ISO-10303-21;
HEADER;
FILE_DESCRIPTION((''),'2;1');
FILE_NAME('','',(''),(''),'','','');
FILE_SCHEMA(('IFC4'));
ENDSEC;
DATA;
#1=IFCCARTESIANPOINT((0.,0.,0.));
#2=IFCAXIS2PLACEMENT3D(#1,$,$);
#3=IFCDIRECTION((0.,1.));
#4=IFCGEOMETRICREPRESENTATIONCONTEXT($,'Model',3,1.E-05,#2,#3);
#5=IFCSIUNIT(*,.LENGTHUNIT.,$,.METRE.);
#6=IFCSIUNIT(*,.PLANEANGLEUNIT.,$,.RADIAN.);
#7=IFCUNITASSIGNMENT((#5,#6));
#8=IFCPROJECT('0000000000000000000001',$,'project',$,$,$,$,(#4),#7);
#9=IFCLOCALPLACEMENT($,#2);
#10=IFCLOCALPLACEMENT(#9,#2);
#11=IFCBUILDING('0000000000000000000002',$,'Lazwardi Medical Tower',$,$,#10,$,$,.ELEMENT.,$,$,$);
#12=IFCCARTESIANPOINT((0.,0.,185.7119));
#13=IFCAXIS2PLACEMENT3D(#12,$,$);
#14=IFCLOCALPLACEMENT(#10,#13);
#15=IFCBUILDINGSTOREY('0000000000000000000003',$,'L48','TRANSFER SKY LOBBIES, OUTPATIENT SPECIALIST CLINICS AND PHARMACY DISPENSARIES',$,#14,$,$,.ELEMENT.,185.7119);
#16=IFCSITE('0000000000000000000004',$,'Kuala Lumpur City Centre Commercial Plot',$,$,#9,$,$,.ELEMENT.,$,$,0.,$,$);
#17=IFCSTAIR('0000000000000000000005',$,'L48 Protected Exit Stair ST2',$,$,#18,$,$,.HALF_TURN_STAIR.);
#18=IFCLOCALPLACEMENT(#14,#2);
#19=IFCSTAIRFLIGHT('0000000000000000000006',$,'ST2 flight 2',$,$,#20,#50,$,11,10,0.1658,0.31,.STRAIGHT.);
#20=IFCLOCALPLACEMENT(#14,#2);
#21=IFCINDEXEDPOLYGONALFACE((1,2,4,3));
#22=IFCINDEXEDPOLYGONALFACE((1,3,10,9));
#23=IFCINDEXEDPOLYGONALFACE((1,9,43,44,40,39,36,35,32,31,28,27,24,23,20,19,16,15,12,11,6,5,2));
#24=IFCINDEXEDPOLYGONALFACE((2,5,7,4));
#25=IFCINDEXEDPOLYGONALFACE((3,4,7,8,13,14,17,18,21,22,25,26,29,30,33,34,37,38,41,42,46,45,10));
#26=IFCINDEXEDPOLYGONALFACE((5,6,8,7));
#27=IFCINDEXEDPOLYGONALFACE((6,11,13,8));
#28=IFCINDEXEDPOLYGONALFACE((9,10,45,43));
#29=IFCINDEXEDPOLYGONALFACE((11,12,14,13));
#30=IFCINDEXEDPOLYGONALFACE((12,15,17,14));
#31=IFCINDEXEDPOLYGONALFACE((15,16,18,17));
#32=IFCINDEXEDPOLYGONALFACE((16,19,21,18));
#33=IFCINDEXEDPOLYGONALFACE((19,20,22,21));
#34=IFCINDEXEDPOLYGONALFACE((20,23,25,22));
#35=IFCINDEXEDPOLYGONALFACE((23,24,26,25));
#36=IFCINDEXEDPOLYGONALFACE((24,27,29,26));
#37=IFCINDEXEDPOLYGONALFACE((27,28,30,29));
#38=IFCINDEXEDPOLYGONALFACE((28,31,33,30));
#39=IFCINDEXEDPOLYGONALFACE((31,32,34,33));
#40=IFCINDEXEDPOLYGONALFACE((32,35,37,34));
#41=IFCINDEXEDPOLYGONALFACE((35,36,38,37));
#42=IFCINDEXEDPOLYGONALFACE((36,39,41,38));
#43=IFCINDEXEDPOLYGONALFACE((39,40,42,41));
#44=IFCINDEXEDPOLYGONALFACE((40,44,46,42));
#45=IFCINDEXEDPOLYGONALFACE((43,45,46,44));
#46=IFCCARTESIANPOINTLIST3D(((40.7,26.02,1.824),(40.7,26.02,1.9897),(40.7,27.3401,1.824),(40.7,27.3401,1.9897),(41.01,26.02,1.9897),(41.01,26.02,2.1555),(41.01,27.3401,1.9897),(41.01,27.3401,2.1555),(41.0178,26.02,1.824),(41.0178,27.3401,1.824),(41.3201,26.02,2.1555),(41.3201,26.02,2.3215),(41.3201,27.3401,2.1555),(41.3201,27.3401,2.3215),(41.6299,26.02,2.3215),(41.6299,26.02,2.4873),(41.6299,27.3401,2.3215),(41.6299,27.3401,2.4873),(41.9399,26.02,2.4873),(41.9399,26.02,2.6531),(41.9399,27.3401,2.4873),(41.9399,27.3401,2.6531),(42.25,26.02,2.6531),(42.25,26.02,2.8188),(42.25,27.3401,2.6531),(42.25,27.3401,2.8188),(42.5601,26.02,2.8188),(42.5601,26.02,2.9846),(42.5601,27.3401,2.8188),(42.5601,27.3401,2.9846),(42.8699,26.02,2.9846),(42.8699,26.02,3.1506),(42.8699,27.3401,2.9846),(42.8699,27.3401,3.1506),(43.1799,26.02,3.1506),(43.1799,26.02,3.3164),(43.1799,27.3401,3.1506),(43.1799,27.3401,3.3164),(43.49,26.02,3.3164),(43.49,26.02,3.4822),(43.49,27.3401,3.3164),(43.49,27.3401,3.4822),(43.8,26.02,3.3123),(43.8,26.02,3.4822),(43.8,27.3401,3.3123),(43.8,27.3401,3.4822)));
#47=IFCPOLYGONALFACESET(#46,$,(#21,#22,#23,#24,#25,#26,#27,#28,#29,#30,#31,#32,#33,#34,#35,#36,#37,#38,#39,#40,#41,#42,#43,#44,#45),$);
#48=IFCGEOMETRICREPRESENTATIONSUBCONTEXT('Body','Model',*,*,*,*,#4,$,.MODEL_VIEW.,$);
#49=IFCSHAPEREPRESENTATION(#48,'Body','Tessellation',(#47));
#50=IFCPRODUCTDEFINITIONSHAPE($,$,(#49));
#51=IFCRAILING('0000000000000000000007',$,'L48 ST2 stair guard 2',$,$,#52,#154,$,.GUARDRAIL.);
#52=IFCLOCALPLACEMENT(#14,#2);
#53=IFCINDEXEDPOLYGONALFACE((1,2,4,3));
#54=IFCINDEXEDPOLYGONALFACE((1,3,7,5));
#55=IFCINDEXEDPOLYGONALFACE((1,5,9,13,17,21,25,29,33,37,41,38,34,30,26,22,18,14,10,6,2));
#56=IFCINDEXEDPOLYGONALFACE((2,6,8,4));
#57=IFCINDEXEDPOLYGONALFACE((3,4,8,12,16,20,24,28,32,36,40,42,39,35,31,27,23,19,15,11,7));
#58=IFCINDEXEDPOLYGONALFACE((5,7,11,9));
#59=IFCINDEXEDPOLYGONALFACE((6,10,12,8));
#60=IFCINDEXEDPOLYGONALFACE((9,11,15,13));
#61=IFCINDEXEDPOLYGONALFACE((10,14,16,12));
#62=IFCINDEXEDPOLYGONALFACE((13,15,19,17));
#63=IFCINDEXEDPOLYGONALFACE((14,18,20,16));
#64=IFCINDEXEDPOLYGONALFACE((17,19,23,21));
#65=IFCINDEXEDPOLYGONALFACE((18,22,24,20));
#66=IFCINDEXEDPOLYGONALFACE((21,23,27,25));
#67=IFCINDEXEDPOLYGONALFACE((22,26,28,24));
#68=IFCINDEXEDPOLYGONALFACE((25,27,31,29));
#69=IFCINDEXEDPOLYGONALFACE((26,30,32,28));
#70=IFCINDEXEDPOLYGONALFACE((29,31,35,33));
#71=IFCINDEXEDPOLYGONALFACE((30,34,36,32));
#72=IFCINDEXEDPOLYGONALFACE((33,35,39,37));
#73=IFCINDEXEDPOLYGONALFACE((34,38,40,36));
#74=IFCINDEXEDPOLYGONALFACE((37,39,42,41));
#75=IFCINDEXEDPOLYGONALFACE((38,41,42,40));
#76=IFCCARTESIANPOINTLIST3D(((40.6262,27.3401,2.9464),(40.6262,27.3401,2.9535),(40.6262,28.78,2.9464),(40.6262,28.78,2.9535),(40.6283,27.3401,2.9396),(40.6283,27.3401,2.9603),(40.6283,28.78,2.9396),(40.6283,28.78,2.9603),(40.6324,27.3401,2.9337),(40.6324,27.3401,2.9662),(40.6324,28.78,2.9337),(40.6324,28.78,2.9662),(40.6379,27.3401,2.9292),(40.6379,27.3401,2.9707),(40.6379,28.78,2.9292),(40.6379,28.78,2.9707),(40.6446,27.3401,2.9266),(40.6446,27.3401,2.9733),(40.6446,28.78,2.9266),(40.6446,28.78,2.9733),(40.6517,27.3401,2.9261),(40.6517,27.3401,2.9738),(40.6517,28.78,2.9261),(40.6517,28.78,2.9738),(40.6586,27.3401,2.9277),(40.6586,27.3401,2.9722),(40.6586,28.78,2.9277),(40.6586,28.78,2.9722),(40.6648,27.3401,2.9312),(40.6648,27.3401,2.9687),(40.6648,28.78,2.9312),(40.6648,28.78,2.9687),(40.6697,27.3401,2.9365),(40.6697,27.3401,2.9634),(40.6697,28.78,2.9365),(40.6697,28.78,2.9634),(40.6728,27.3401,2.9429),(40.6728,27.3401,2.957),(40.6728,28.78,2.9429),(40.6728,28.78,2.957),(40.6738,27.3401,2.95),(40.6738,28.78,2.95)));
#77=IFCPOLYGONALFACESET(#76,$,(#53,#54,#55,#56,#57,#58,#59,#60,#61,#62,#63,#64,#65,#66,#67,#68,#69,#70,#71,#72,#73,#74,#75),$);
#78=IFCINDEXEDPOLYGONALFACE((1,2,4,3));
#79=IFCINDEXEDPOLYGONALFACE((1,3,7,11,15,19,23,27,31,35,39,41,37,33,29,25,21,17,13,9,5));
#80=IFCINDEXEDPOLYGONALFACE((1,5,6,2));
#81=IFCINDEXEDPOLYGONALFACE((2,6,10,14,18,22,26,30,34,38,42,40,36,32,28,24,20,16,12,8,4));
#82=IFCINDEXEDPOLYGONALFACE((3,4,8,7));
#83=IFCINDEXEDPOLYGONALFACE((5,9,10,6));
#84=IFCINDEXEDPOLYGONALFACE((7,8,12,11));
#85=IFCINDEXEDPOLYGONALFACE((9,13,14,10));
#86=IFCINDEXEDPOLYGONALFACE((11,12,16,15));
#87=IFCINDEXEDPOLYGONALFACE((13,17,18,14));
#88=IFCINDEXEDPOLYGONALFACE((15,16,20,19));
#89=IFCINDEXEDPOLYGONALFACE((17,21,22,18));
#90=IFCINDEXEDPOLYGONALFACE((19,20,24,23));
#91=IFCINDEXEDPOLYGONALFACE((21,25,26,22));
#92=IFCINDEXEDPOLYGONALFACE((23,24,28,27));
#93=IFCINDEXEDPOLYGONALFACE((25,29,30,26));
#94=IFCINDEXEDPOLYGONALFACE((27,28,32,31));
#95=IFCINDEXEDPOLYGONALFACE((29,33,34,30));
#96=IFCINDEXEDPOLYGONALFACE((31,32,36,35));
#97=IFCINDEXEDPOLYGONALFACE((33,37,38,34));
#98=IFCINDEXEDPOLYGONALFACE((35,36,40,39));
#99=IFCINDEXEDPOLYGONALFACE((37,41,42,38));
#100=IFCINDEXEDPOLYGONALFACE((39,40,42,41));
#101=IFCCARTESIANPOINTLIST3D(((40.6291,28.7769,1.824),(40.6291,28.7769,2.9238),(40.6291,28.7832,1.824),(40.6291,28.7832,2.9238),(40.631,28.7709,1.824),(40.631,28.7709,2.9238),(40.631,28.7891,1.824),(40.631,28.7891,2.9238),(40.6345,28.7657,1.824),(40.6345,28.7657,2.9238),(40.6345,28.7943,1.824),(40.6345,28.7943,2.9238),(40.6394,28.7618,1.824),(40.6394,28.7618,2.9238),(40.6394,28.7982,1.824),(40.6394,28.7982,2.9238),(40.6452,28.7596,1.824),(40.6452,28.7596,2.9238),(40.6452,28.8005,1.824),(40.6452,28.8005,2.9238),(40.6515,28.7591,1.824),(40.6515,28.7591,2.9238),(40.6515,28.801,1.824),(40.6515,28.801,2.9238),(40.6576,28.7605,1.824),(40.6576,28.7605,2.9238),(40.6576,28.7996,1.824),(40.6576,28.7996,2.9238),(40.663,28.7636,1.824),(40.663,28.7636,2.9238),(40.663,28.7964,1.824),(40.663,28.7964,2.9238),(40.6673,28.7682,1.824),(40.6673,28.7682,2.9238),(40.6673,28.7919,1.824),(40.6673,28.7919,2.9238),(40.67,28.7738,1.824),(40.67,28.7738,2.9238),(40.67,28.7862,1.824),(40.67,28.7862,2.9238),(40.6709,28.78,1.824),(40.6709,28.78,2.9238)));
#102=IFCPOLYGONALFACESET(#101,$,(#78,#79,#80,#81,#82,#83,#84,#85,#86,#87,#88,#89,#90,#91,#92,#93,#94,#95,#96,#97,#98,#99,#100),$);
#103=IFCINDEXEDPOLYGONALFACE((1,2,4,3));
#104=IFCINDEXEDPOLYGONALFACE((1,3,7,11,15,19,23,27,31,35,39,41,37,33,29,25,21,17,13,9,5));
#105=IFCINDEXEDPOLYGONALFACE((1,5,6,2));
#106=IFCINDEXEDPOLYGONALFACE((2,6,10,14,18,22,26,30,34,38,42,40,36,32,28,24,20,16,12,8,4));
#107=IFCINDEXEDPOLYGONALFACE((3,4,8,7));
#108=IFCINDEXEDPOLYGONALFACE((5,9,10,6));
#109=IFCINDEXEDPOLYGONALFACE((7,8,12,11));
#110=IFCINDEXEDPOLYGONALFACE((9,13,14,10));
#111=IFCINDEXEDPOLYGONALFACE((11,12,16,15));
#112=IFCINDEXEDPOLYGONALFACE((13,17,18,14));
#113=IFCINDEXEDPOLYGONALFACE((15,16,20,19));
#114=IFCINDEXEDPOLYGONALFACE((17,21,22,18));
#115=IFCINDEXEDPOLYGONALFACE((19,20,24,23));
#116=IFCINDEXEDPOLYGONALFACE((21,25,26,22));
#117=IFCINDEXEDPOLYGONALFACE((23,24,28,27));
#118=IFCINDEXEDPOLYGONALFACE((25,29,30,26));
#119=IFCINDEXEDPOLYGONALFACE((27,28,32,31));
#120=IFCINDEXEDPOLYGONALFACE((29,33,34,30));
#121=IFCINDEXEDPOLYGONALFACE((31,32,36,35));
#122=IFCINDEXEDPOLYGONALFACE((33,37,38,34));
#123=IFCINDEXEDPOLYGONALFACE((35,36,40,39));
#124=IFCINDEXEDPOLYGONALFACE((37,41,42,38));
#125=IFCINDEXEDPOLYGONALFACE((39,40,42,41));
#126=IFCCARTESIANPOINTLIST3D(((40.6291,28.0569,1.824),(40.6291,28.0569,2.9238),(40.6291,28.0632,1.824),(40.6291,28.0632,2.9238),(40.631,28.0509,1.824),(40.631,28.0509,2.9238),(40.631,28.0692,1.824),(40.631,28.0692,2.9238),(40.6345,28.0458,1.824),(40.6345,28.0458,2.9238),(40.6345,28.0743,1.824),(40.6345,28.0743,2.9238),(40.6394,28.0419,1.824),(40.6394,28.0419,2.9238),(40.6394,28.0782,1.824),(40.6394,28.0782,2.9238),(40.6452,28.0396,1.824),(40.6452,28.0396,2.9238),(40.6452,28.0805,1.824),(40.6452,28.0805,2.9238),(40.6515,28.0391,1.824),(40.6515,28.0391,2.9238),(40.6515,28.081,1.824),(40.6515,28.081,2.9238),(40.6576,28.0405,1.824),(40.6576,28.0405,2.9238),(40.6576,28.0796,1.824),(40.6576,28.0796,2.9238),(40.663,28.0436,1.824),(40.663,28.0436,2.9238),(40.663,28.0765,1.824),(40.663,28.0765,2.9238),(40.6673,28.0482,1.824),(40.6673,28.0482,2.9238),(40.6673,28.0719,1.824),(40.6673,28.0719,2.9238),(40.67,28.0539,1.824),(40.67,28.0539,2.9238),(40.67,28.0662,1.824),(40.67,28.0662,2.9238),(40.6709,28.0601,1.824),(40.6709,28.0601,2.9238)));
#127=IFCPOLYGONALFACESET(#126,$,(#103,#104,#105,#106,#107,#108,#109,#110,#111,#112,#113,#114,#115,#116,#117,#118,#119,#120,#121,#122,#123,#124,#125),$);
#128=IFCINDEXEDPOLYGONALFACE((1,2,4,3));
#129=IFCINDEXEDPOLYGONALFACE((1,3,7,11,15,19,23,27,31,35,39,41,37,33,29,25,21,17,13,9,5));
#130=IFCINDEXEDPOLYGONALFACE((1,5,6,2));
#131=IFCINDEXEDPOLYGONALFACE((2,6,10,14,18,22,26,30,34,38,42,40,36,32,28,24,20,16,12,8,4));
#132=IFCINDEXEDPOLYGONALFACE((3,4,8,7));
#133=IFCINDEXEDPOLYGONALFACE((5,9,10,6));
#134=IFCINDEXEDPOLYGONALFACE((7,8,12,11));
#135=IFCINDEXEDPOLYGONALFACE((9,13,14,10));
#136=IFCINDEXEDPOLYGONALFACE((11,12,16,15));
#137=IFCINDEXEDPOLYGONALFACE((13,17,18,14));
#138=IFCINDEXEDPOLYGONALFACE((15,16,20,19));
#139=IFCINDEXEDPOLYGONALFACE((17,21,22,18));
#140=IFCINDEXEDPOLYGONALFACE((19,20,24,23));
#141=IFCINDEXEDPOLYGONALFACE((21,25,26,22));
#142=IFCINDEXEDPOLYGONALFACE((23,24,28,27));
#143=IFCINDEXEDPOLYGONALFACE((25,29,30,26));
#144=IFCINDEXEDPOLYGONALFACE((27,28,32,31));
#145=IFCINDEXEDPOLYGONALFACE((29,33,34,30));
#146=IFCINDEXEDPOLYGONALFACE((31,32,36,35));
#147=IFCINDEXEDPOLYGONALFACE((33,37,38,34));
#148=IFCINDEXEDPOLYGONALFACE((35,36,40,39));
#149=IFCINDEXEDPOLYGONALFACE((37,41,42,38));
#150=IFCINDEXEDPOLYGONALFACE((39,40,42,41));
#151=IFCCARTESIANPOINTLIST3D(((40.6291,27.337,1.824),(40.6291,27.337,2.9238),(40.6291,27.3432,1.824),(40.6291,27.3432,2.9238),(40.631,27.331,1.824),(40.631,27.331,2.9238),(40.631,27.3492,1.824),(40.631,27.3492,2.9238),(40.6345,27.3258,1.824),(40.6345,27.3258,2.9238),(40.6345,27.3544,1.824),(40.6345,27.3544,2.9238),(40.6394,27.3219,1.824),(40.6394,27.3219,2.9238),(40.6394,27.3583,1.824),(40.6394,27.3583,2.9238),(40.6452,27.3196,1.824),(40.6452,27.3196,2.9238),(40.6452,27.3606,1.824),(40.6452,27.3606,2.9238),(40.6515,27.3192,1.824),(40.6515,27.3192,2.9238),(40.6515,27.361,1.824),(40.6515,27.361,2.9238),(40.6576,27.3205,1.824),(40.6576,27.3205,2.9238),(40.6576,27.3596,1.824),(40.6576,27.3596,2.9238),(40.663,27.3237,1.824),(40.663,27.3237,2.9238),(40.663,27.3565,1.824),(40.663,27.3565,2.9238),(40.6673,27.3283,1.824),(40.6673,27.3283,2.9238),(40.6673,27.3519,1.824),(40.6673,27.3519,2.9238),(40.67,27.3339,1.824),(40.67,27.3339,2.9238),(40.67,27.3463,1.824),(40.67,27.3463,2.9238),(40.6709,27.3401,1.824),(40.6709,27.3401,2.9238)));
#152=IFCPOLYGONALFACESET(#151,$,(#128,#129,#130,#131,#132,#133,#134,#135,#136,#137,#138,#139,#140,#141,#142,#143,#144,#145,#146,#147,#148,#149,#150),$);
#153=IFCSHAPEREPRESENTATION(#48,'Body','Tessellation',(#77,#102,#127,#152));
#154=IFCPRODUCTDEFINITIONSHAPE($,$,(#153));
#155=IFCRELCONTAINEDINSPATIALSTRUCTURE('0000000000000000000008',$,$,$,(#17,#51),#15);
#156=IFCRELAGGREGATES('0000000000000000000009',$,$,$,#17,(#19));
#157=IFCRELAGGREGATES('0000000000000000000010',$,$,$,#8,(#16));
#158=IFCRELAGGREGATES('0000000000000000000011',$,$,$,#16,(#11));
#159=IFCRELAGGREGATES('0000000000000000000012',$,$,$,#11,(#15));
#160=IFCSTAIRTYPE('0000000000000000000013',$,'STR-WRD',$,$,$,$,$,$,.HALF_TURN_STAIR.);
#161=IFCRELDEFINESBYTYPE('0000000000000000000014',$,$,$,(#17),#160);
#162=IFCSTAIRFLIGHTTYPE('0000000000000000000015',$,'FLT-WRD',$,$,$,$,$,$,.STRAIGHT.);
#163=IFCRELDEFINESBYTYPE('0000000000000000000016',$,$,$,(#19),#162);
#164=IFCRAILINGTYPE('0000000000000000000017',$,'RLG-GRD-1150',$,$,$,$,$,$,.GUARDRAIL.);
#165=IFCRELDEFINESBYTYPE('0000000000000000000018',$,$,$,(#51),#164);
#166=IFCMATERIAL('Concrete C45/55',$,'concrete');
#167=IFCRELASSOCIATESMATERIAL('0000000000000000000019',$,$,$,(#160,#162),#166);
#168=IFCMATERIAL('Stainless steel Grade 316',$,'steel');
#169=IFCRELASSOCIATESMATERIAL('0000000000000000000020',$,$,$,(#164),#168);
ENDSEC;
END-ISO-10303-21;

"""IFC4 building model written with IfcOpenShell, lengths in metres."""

from ifc_helpers import new_model, si_unit, direction, frame, origin, origin_2d, place, context, subcontext, project, spatial, polyline, circle, outline, extrude, material, type_object, element, aggregate, save


model = new_model("IFC4")

# Units and contexts
model_context = context("Model", 3, precision=1e-05, world=origin(), true_north=direction((0.0, 1.0)))
body_context = subcontext(model_context, "Body", "Model", "MODEL_VIEW")
ifc_project = project(units=[si_unit("LENGTHUNIT", "METRE"), si_unit("PLANEANGLEUNIT", "RADIAN")], contexts=[model_context])

# Site, building, storey
site_placement = place(None, origin())
site = spatial("IfcSite", under=ifc_project, at=site_placement, Name="Kuala Lumpur City Centre Commercial Plot", CompositionType="ELEMENT", RefElevation=0.0)
building_placement = place(site_placement, origin())
building = spatial("IfcBuilding", under=site, at=building_placement, Name="Lazwardi Medical Tower", CompositionType="ELEMENT")
storey_placement = place(building_placement, frame((0.0, 0.0, 185.7119)))
storey = spatial("IfcBuildingStorey", under=building, at=storey_placement, Name="L48", Description="TRANSFER SKY LOBBIES, OUTPATIENT SPECIALIST CLINICS AND PHARMACY DISPENSARIES", CompositionType="ELEMENT", Elevation=185.7119)

# Stair, stair flight
ifc_material_1 = material(Name="Concrete C45/55", Category="concrete")
stair_type = type_object("IfcStairType", Name="STR-WRD", PredefinedType="HALF_TURN_STAIR", material=ifc_material_1)
stair_placement = place(storey_placement, origin())
stair = element("IfcStair", 1, at=stair_placement, inside=storey, type_object=stair_type, Name="L48 Protected Exit Stair ST2", PredefinedType="HALF_TURN_STAIR")
stair_flight_type = type_object("IfcStairFlightType", Name="FLT-WRD", PredefinedType="STRAIGHT", material=ifc_material_1)
stair_flight_placement = place(storey_placement, frame((40.7, 26.6799, 1.824), z_axis=(0.0, 0.0, 1.0), x_axis=(1.0, 0.0, 0.0)))
stair_flight = element("IfcStairFlight", 2, at=stair_flight_placement, type_object=stair_flight_type, Name="ST2 flight 2", NumberOfRisers=11, NumberOfTreads=10, PredefinedType="STRAIGHT", RiserHeight=0.1658, TreadLength=0.31, context=body_context, shape_type="SweptSolid", body=[
    extrude(outline(polyline([(0.0, 0.0), (0.0, 0.1658), (0.3101, 0.1658), (0.3101, 0.3315), (0.6201, 0.3315), (0.6201, 0.4976), (0.9299, 0.4976), (0.9299, 0.6633), (1.24, 0.6633), (1.24, 0.8291), (1.55, 0.8291), (1.55, 0.9949), (1.8601, 0.9949), (1.8601, 1.1606), (2.1699, 1.1606), (2.1699, 1.3267), (2.48, 1.3267), (2.48, 1.4924), (2.79, 1.4924), (2.79, 1.6582), (3.1001, 1.6582), (3.1001, 1.824), (3.1001, 1.4883), (0.3179, 0.0), (0.0, 0.0)])), frame((0.0, 0.6602, 0.0), z_axis=(0.0, -1.0, 0.0), x_axis=(1.0, 0.0, 0.0)), (0.0, 0.0, 1.0), 1.3201),
])
aggregate(stair, [stair_flight])

# Railing
ifc_material_2 = material(Name="Stainless steel Grade 316", Category="steel")
railing_type_1 = type_object("IfcRailingType", Name="RLG-GRD-1150", PredefinedType="GUARDRAIL", material=ifc_material_2)
railing_1_placement = place(storey_placement, frame((40.6499, 28.78, 1.824)))
element("IfcRailing", 3, at=railing_1_placement, inside=storey, type_object=railing_type_1, Name="L48 ST2 stair guard 2", PredefinedType="GUARDRAIL", context=body_context, shape_type="SweptSolid", body=[
    extrude(circle(Radius=0.0239, at=origin_2d()), frame((0.0, 0.0, 1.126), z_axis=(0.0, -1.0, 0.0), x_axis=(1.0, 0.0, 0.0)), (0.0, 0.0, 1.0), 1.4399),
    extrude(circle(Radius=0.021, at=origin_2d()), origin(), (0.0, 0.0, 1.0), 1.0999),
    extrude(circle(Radius=0.021, at=origin_2d()), frame((0.0, -0.72, 0.0)), (0.0, 0.0, 1.0), 1.0999),
    extrude(circle(Radius=0.021, at=origin_2d()), frame((0.0, -1.4399, 0.0)), (0.0, 0.0, 1.0), 1.0999),
])

save(model, "model.ifc")
